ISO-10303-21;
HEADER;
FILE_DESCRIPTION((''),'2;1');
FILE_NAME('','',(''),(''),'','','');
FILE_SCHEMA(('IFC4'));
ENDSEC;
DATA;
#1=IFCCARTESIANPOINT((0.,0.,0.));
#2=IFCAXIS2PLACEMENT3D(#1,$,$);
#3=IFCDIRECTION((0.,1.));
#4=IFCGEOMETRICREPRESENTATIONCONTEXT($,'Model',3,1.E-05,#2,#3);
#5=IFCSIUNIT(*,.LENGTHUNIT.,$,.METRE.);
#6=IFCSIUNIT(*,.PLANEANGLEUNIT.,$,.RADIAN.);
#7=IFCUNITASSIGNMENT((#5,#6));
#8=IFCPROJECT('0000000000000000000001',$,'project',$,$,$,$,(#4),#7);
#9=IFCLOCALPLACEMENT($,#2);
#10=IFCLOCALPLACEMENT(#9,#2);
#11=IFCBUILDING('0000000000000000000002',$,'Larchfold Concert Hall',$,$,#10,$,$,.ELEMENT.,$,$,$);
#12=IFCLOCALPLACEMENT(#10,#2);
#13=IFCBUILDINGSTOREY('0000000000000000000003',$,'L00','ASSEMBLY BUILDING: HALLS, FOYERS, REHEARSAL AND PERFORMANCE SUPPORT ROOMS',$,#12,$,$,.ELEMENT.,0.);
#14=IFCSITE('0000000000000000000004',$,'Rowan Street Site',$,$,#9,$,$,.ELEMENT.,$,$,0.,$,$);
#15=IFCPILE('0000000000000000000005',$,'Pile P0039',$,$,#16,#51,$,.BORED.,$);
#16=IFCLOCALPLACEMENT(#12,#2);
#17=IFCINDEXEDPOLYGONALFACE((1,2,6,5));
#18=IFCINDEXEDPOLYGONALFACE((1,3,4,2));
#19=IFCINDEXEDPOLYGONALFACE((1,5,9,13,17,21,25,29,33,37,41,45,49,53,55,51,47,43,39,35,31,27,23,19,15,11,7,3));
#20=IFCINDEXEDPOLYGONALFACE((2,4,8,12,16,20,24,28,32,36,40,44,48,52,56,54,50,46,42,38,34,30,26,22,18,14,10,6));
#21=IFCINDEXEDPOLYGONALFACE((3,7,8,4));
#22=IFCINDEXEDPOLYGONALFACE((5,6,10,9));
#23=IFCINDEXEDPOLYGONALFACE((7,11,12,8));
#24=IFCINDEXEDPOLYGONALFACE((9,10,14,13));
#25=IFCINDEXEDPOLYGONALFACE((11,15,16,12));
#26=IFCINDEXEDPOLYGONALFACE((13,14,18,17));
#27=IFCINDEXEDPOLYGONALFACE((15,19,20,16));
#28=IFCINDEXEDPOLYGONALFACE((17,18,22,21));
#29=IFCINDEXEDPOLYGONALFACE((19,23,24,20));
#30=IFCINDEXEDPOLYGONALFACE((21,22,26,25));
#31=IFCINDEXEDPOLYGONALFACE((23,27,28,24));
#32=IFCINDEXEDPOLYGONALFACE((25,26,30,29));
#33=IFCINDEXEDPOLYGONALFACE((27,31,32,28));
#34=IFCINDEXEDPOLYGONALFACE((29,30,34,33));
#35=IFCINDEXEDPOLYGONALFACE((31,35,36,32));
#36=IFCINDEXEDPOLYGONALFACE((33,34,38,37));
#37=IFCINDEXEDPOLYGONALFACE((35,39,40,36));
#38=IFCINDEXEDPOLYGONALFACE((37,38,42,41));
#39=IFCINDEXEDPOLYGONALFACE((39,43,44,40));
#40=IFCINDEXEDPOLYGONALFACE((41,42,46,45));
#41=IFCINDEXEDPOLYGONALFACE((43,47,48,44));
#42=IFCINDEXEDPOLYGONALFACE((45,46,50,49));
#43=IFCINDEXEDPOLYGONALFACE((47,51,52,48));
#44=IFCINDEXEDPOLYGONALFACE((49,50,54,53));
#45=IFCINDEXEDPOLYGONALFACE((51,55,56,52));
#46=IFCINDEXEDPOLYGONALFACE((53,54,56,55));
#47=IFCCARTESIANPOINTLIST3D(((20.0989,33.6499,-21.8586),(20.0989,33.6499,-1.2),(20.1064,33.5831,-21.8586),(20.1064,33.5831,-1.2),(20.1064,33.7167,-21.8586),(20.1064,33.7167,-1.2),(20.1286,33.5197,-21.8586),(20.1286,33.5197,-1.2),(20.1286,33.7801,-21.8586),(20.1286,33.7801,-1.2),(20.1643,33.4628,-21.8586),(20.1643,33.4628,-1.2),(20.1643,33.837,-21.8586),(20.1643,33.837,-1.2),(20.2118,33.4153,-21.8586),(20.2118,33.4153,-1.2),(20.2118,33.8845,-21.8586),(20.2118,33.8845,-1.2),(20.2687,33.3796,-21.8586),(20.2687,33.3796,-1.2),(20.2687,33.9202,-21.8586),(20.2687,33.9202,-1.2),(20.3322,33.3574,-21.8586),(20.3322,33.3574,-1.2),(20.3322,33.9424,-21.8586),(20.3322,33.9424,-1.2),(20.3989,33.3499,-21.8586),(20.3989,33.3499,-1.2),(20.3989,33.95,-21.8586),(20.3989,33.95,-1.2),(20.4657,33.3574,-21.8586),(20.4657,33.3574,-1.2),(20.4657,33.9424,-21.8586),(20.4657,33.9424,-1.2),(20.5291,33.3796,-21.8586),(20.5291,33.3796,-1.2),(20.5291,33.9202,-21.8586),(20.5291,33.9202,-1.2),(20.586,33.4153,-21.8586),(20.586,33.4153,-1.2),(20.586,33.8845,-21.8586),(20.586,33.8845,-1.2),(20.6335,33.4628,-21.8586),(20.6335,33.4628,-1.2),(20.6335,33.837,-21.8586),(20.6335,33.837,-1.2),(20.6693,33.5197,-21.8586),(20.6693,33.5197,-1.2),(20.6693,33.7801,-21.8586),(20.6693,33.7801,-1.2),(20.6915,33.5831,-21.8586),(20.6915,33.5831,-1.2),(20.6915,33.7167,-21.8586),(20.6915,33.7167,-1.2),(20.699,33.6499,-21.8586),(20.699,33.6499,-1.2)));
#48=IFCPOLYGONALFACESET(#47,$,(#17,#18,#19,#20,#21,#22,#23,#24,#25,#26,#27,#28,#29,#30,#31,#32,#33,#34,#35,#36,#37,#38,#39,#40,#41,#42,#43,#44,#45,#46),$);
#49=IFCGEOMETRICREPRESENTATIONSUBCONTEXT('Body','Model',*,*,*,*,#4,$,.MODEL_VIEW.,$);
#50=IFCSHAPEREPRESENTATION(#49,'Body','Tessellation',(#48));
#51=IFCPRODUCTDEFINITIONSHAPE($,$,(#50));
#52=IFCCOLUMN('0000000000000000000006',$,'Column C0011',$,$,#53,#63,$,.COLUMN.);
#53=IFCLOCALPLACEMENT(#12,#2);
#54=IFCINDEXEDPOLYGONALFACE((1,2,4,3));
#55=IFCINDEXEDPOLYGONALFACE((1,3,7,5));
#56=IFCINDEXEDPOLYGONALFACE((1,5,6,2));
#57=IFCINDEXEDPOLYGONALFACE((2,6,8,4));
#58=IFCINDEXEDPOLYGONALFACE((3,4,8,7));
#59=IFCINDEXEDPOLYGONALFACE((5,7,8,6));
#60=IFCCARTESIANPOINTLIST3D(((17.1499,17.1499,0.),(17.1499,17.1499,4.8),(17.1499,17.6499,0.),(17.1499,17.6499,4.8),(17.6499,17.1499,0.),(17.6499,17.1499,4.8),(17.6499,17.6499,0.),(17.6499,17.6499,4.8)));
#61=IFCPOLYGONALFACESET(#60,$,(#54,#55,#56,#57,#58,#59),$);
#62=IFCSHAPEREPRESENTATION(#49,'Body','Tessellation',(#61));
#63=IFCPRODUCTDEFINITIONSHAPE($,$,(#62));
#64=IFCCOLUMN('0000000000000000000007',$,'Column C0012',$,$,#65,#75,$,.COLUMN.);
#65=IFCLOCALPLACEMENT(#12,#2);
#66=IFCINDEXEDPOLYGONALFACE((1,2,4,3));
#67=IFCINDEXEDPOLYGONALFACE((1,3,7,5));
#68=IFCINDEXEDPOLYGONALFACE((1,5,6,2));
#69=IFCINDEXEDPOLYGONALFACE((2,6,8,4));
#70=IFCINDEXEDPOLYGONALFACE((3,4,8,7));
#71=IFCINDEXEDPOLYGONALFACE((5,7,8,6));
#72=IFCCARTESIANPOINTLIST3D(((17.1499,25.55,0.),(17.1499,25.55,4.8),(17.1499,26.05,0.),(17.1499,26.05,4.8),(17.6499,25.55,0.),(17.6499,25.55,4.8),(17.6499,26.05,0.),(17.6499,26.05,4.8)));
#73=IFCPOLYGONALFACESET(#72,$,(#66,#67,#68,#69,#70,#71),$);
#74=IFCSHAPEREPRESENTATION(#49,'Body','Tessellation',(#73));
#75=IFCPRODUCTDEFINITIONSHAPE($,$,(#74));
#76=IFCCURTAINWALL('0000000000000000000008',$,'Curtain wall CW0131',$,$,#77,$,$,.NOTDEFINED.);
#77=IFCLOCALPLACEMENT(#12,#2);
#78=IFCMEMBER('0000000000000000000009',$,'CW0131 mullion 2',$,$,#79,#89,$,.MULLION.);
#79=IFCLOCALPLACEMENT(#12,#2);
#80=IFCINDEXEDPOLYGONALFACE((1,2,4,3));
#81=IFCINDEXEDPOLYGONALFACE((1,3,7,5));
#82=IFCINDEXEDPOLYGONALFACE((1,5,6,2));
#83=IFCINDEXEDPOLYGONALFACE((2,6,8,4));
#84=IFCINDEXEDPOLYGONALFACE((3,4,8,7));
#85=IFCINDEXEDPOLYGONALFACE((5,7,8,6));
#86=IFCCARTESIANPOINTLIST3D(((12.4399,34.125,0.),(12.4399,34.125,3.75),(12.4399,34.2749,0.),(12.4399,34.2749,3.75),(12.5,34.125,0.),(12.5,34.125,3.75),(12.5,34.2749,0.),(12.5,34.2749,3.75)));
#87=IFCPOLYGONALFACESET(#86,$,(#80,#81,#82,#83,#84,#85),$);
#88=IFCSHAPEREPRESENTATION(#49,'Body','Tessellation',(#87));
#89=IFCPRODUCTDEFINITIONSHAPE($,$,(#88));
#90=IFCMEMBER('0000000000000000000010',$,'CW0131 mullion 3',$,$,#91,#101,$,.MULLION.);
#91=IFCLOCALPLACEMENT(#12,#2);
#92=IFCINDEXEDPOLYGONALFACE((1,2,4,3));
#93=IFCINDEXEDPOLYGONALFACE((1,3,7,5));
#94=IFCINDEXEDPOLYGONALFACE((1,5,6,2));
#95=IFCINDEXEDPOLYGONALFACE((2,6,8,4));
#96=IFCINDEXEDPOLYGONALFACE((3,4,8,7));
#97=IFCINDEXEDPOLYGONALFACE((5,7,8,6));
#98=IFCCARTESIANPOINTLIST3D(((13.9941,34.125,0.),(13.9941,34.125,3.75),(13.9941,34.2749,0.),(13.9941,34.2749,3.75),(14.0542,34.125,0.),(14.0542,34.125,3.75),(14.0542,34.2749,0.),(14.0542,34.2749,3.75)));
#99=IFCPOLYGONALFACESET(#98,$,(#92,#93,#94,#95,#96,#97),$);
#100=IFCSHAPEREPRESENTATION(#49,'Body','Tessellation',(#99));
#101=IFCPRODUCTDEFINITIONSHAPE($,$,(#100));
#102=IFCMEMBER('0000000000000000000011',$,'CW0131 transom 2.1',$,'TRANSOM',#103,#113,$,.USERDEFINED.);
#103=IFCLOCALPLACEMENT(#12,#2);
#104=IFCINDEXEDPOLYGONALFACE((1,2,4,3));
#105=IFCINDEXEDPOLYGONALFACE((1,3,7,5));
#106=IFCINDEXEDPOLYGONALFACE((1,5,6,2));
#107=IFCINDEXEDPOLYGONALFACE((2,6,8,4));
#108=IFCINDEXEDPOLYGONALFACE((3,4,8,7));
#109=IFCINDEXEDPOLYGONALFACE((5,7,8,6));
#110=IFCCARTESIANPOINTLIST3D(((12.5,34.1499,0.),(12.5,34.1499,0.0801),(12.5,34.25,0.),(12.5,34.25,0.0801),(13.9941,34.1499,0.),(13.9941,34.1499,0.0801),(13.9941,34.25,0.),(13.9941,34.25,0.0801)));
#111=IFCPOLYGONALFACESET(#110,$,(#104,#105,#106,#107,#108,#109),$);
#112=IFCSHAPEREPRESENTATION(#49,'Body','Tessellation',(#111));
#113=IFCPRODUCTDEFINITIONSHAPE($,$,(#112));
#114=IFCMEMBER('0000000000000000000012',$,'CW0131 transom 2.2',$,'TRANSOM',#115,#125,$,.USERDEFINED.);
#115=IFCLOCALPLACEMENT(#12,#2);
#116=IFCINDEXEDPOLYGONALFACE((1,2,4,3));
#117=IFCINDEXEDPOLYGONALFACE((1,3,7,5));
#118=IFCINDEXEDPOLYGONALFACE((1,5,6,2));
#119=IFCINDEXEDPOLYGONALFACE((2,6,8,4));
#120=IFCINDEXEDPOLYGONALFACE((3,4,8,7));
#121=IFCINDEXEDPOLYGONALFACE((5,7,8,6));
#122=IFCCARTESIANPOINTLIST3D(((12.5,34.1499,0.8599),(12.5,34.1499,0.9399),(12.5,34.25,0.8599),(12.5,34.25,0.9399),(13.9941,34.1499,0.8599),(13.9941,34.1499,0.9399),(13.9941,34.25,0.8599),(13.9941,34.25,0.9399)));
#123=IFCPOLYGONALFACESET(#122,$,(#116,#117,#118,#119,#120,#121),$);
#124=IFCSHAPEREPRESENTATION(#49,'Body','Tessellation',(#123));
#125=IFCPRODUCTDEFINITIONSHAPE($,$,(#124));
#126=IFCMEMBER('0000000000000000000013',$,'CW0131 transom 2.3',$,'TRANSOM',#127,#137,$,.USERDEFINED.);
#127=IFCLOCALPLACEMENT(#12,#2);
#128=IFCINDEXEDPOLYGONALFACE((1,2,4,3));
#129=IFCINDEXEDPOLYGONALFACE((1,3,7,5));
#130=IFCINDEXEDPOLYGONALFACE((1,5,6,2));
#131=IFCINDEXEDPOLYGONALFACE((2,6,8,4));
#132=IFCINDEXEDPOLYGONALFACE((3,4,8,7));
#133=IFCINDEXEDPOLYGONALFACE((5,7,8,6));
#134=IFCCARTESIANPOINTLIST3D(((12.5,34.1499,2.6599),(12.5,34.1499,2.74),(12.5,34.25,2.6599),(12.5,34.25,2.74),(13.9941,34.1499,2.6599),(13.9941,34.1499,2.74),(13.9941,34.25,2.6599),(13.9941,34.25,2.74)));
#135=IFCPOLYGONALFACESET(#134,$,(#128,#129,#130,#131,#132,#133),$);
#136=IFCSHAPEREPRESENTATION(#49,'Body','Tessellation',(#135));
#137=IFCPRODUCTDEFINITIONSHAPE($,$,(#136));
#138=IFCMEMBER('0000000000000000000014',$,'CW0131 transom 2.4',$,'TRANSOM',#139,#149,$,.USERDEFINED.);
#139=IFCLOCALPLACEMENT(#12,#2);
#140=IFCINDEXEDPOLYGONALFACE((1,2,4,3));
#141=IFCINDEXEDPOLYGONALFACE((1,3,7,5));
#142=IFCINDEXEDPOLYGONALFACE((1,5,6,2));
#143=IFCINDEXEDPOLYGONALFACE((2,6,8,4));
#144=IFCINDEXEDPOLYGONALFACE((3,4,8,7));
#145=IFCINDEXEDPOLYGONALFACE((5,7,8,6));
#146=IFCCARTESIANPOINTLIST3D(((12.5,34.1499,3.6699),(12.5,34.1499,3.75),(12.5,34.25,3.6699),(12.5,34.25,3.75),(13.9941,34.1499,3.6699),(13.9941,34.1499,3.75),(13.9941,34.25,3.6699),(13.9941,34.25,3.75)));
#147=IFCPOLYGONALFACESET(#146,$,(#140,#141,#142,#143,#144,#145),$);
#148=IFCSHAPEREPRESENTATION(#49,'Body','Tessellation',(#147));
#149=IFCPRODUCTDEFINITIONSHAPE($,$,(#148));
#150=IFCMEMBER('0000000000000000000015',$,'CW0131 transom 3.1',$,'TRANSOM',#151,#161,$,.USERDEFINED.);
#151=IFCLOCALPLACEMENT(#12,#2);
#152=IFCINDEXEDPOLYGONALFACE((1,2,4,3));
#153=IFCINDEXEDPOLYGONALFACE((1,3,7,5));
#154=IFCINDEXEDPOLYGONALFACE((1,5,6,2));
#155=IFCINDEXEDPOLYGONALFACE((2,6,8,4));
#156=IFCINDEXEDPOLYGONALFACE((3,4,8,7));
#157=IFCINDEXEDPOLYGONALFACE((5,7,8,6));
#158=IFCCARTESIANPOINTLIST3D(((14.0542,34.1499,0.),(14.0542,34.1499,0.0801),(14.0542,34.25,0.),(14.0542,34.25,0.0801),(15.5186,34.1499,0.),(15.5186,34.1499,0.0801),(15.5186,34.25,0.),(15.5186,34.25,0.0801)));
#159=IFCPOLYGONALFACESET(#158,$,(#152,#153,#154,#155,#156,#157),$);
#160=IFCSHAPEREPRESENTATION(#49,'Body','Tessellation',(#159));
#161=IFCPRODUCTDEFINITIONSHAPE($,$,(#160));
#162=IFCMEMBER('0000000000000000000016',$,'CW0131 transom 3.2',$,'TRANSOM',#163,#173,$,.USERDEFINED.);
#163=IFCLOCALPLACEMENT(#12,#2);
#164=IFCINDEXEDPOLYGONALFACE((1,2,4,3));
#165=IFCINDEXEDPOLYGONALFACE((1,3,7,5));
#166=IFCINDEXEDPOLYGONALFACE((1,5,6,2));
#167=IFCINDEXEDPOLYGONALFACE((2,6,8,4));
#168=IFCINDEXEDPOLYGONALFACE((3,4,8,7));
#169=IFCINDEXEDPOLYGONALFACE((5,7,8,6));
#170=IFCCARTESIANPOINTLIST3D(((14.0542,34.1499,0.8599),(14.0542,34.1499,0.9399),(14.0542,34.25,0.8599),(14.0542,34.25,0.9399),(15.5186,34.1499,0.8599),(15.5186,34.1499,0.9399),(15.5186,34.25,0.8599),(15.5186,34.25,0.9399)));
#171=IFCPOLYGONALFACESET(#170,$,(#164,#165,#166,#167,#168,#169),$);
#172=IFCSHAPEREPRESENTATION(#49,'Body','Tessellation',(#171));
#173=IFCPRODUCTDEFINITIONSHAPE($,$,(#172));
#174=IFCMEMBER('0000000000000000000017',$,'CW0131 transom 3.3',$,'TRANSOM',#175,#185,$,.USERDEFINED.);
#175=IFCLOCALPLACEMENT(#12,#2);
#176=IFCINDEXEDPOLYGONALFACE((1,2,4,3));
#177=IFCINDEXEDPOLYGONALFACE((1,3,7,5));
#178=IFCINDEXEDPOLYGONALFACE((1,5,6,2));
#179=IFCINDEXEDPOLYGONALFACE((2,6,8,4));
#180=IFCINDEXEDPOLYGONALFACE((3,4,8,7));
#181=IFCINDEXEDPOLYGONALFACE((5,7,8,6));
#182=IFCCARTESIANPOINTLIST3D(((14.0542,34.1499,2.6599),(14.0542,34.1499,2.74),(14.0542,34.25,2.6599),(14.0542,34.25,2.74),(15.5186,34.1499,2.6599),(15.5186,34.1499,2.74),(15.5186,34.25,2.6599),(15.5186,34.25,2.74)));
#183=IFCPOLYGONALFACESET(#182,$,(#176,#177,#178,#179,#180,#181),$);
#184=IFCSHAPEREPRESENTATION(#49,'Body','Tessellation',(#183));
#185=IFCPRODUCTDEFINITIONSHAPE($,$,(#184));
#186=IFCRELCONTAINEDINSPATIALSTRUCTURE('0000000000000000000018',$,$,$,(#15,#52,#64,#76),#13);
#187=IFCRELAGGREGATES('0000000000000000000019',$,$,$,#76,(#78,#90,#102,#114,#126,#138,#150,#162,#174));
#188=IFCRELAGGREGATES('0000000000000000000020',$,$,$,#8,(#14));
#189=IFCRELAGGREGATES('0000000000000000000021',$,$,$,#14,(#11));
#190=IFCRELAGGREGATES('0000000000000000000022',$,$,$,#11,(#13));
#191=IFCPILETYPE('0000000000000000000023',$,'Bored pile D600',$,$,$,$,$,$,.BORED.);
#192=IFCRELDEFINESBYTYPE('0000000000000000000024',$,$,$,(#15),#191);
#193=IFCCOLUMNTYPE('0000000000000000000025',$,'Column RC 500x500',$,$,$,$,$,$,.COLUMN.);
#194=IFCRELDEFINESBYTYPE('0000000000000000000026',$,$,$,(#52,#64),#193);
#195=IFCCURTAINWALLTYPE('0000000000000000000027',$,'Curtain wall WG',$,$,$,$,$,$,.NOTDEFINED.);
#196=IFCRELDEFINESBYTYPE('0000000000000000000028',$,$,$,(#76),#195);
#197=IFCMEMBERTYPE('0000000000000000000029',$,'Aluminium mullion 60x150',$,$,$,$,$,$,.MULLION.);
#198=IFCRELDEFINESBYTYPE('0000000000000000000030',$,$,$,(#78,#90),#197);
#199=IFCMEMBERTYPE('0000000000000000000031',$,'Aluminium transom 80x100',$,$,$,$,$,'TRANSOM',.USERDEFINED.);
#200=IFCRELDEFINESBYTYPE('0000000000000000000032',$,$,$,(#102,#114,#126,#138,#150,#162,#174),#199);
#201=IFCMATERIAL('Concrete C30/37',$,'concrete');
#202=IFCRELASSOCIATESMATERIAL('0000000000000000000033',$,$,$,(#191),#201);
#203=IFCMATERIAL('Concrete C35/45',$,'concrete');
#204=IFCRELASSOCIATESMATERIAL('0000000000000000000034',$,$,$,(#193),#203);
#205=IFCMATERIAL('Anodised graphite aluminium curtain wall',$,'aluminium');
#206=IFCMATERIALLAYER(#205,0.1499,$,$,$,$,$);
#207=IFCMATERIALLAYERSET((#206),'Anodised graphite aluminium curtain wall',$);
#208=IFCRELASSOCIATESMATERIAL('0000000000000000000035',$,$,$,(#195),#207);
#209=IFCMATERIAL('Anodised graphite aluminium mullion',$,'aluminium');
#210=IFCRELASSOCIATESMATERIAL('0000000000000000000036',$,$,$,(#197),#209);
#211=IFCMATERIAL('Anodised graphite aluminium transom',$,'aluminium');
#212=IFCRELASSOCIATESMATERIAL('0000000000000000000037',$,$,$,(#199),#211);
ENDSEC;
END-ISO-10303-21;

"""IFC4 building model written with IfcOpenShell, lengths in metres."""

from ifc_helpers import new_model, si_unit, direction, frame, origin, origin_2d, place, context, subcontext, project, spatial, rectangle, circle, extrude, material, layer, layer_set, material_profile, profile_set, type_object, element, aggregate, save


model = new_model("IFC4")

# Units and contexts
model_context = context("Model", 3, precision=1e-05, world=origin(), true_north=direction((0.0, 1.0)))
body_context = subcontext(model_context, "Body", "Model", "MODEL_VIEW")
ifc_project = project(units=[si_unit("LENGTHUNIT", "METRE"), si_unit("PLANEANGLEUNIT", "RADIAN")], contexts=[model_context])

# Site, building, storey
site_placement = place(None, origin())
site = spatial("IfcSite", under=ifc_project, at=site_placement, Name="Rowan Street Site", CompositionType="ELEMENT", RefElevation=0.0)
building_placement = place(site_placement, origin())
building = spatial("IfcBuilding", under=site, at=building_placement, Name="Larchfold Concert Hall", CompositionType="ELEMENT")
storey_placement = place(building_placement, origin())
storey = spatial("IfcBuildingStorey", under=building, at=storey_placement, Name="L00", Description="ASSEMBLY BUILDING: HALLS, FOYERS, REHEARSAL AND PERFORMANCE SUPPORT ROOMS", CompositionType="ELEMENT", Elevation=0.0)

# Pile
ifc_material_1 = material(Name="Concrete C30/37", Category="concrete")
ifc_material_profile_1 = material_profile(ifc_material_1, circle(Radius=0.3, at=origin_2d()))
ifc_profile_set_1 = profile_set([ifc_material_profile_1], Name="Concrete C30/37")
pile_type = type_object("IfcPileType", Name="Bored pile D600", PredefinedType="BORED", material=ifc_profile_set_1)
pile_placement = place(storey_placement, frame((20.3989, 33.6499, -1.2), z_axis=(0.0, 0.0, -1.0), x_axis=(1.0, 0.0, 0.0)))
element("IfcPile", 1, at=pile_placement, inside=storey, type_object=pile_type, Name="Pile P0039", PredefinedType="BORED", context=body_context, shape_type="SweptSolid", body=[
    extrude(circle(Radius=0.3, at=origin_2d()), origin(), (0.0, 0.0, 1.0), 20.6587),
])

# Columns
ifc_material_2 = material(Name="Concrete C35/45", Category="concrete")
ifc_material_profile_2 = material_profile(ifc_material_2, rectangle(XDim=0.5, YDim=0.5, at=origin_2d()))
ifc_profile_set_2 = profile_set([ifc_material_profile_2], Name="Concrete C35/45")
column_type = type_object("IfcColumnType", Name="Column RC 500x500", PredefinedType="COLUMN", material=ifc_profile_set_2)
for number, where, z_axis, x_axis, name in (
    (2, (17.3999, 17.3999, 0.0), (0.0, 0.0, 1.0), (1.0, 0.0, 0.0), "Column C0011"),
    (3, (17.3999, 25.8, 0.0), (0.0, 0.0, 1.0), (1.0, 0.0, 0.0), "Column C0012"),
):
    element("IfcColumn", number, at=place(storey_placement, frame(where, z_axis=z_axis, x_axis=x_axis)), inside=storey, type_object=column_type, Name=name, PredefinedType="COLUMN", context=body_context, shape_type="SweptSolid", body=[
        extrude(rectangle(XDim=0.5, YDim=0.5, at=origin_2d()), origin(), (0.0, 0.0, 1.0), 4.8),
    ])

# Curtain wall, members
ifc_material_3 = material(Name="Anodised graphite aluminium curtain wall", Category="aluminium")
ifc_layer_1 = layer(ifc_material_3, 0.1499)
ifc_layer_set_1 = layer_set([ifc_layer_1], Name="Anodised graphite aluminium curtain wall")
curtain_wall_type = type_object("IfcCurtainWallType", Name="Curtain wall WG", PredefinedType="NOTDEFINED", material=ifc_layer_set_1)
curtain_wall_placement = place(storey_placement, origin())
curtain_wall = element("IfcCurtainWall", 4, at=curtain_wall_placement, inside=storey, type_object=curtain_wall_type, Name="Curtain wall CW0131", PredefinedType="NOTDEFINED")
ifc_material_4 = material(Name="Anodised graphite aluminium mullion", Category="aluminium")
ifc_material_profile_3 = material_profile(ifc_material_4, rectangle(XDim=0.1499, YDim=0.0601, at=origin_2d()))
ifc_profile_set_3 = profile_set([ifc_material_profile_3], Name="Anodised graphite aluminium mullion")
member_type_1 = type_object("IfcMemberType", Name="Aluminium mullion 60x150", PredefinedType="MULLION", material=ifc_profile_set_3)
member_1_placement = place(storey_placement, frame((12.47, 34.2, 0.0), z_axis=(0.0, 0.0, 1.0), x_axis=(0.0, 1.0, 0.0)))
member_1 = element("IfcMember", 5, at=member_1_placement, type_object=member_type_1, Name="CW0131 mullion 2", PredefinedType="MULLION", context=body_context, shape_type="SweptSolid", body=[
    extrude(rectangle(XDim=0.1499, YDim=0.0601, at=origin_2d()), origin(), (0.0, 0.0, 1.0), 3.75),
])
member_2_placement = place(storey_placement, frame((14.0242, 34.2, 0.0), z_axis=(0.0, 0.0, 1.0), x_axis=(0.0, 1.0, 0.0)))
member_2 = element("IfcMember", 6, at=member_2_placement, type_object=member_type_1, Name="CW0131 mullion 3", PredefinedType="MULLION", context=body_context, shape_type="SweptSolid", body=[
    extrude(rectangle(XDim=0.1499, YDim=0.0601, at=origin_2d()), origin(), (0.0, 0.0, 1.0), 3.75),
])
ifc_material_5 = material(Name="Anodised graphite aluminium transom", Category="aluminium")
ifc_material_profile_4 = material_profile(ifc_material_5, rectangle(XDim=0.1001, YDim=0.0801, at=origin_2d()))
ifc_profile_set_4 = profile_set([ifc_material_profile_4], Name="Anodised graphite aluminium transom")
member_type_2 = type_object("IfcMemberType", Name="Aluminium transom 80x100", ElementType="TRANSOM", PredefinedType="USERDEFINED", material=ifc_profile_set_4)
member_3_placement = place(storey_placement, frame((12.5, 34.2, 0.04), z_axis=(1.0, 0.0, 0.0), x_axis=(0.0, 1.0, 0.0)))
member_3 = element("IfcMember", 7, at=member_3_placement, type_object=member_type_2, Name="CW0131 transom 2.1", ObjectType="TRANSOM", PredefinedType="USERDEFINED", context=body_context, shape_type="SweptSolid", body=[
    extrude(rectangle(XDim=0.1001, YDim=0.0801, at=origin_2d()), origin(), (0.0, 0.0, 1.0), 1.4941),
])
member_4_placement = place(storey_placement, frame((12.5, 34.2, 0.8999), z_axis=(1.0, 0.0, 0.0), x_axis=(0.0, 1.0, 0.0)))
member_4 = element("IfcMember", 8, at=member_4_placement, type_object=member_type_2, Name="CW0131 transom 2.2", ObjectType="TRANSOM", PredefinedType="USERDEFINED", context=body_context, shape_type="SweptSolid", body=[
    extrude(rectangle(XDim=0.1001, YDim=0.0801, at=origin_2d()), origin(), (0.0, 0.0, 1.0), 1.4941),
])
member_5_placement = place(storey_placement, frame((12.5, 34.2, 2.7), z_axis=(1.0, 0.0, 0.0), x_axis=(0.0, 1.0, 0.0)))
member_5 = element("IfcMember", 9, at=member_5_placement, type_object=member_type_2, Name="CW0131 transom 2.3", ObjectType="TRANSOM", PredefinedType="USERDEFINED", context=body_context, shape_type="SweptSolid", body=[
    extrude(rectangle(XDim=0.1001, YDim=0.0801, at=origin_2d()), origin(), (0.0, 0.0, 1.0), 1.4941),
])
member_6_placement = place(storey_placement, frame((12.5, 34.2, 3.71), z_axis=(1.0, 0.0, 0.0), x_axis=(0.0, 1.0, 0.0)))
member_6 = element("IfcMember", 10, at=member_6_placement, type_object=member_type_2, Name="CW0131 transom 2.4", ObjectType="TRANSOM", PredefinedType="USERDEFINED", context=body_context, shape_type="SweptSolid", body=[
    extrude(rectangle(XDim=0.1001, YDim=0.0801, at=origin_2d()), origin(), (0.0, 0.0, 1.0), 1.4941),
])
member_7_placement = place(storey_placement, frame((14.0542, 34.2, 0.04), z_axis=(1.0, 0.0, 0.0), x_axis=(0.0, 1.0, 0.0)))
member_7 = element("IfcMember", 11, at=member_7_placement, type_object=member_type_2, Name="CW0131 transom 3.1", ObjectType="TRANSOM", PredefinedType="USERDEFINED", context=body_context, shape_type="SweptSolid", body=[
    extrude(rectangle(XDim=0.1001, YDim=0.0801, at=origin_2d()), origin(), (0.0, 0.0, 1.0), 1.4644),
])
member_8_placement = place(storey_placement, frame((14.0542, 34.2, 0.8999), z_axis=(1.0, 0.0, 0.0), x_axis=(0.0, 1.0, 0.0)))
member_8 = element("IfcMember", 12, at=member_8_placement, type_object=member_type_2, Name="CW0131 transom 3.2", ObjectType="TRANSOM", PredefinedType="USERDEFINED", context=body_context, shape_type="SweptSolid", body=[
    extrude(rectangle(XDim=0.1001, YDim=0.0801, at=origin_2d()), origin(), (0.0, 0.0, 1.0), 1.4644),
])
member_9_placement = place(storey_placement, frame((14.0542, 34.2, 2.7), z_axis=(1.0, 0.0, 0.0), x_axis=(0.0, 1.0, 0.0)))
member_9 = element("IfcMember", 13, at=member_9_placement, type_object=member_type_2, Name="CW0131 transom 3.3", ObjectType="TRANSOM", PredefinedType="USERDEFINED", context=body_context, shape_type="SweptSolid", body=[
    extrude(rectangle(XDim=0.1001, YDim=0.0801, at=origin_2d()), origin(), (0.0, 0.0, 1.0), 1.4644),
])

aggregate(curtain_wall, [member_1, member_2, member_3, member_4, member_5, member_6, member_7, member_8, member_9])

save(model, "model.ifc")
